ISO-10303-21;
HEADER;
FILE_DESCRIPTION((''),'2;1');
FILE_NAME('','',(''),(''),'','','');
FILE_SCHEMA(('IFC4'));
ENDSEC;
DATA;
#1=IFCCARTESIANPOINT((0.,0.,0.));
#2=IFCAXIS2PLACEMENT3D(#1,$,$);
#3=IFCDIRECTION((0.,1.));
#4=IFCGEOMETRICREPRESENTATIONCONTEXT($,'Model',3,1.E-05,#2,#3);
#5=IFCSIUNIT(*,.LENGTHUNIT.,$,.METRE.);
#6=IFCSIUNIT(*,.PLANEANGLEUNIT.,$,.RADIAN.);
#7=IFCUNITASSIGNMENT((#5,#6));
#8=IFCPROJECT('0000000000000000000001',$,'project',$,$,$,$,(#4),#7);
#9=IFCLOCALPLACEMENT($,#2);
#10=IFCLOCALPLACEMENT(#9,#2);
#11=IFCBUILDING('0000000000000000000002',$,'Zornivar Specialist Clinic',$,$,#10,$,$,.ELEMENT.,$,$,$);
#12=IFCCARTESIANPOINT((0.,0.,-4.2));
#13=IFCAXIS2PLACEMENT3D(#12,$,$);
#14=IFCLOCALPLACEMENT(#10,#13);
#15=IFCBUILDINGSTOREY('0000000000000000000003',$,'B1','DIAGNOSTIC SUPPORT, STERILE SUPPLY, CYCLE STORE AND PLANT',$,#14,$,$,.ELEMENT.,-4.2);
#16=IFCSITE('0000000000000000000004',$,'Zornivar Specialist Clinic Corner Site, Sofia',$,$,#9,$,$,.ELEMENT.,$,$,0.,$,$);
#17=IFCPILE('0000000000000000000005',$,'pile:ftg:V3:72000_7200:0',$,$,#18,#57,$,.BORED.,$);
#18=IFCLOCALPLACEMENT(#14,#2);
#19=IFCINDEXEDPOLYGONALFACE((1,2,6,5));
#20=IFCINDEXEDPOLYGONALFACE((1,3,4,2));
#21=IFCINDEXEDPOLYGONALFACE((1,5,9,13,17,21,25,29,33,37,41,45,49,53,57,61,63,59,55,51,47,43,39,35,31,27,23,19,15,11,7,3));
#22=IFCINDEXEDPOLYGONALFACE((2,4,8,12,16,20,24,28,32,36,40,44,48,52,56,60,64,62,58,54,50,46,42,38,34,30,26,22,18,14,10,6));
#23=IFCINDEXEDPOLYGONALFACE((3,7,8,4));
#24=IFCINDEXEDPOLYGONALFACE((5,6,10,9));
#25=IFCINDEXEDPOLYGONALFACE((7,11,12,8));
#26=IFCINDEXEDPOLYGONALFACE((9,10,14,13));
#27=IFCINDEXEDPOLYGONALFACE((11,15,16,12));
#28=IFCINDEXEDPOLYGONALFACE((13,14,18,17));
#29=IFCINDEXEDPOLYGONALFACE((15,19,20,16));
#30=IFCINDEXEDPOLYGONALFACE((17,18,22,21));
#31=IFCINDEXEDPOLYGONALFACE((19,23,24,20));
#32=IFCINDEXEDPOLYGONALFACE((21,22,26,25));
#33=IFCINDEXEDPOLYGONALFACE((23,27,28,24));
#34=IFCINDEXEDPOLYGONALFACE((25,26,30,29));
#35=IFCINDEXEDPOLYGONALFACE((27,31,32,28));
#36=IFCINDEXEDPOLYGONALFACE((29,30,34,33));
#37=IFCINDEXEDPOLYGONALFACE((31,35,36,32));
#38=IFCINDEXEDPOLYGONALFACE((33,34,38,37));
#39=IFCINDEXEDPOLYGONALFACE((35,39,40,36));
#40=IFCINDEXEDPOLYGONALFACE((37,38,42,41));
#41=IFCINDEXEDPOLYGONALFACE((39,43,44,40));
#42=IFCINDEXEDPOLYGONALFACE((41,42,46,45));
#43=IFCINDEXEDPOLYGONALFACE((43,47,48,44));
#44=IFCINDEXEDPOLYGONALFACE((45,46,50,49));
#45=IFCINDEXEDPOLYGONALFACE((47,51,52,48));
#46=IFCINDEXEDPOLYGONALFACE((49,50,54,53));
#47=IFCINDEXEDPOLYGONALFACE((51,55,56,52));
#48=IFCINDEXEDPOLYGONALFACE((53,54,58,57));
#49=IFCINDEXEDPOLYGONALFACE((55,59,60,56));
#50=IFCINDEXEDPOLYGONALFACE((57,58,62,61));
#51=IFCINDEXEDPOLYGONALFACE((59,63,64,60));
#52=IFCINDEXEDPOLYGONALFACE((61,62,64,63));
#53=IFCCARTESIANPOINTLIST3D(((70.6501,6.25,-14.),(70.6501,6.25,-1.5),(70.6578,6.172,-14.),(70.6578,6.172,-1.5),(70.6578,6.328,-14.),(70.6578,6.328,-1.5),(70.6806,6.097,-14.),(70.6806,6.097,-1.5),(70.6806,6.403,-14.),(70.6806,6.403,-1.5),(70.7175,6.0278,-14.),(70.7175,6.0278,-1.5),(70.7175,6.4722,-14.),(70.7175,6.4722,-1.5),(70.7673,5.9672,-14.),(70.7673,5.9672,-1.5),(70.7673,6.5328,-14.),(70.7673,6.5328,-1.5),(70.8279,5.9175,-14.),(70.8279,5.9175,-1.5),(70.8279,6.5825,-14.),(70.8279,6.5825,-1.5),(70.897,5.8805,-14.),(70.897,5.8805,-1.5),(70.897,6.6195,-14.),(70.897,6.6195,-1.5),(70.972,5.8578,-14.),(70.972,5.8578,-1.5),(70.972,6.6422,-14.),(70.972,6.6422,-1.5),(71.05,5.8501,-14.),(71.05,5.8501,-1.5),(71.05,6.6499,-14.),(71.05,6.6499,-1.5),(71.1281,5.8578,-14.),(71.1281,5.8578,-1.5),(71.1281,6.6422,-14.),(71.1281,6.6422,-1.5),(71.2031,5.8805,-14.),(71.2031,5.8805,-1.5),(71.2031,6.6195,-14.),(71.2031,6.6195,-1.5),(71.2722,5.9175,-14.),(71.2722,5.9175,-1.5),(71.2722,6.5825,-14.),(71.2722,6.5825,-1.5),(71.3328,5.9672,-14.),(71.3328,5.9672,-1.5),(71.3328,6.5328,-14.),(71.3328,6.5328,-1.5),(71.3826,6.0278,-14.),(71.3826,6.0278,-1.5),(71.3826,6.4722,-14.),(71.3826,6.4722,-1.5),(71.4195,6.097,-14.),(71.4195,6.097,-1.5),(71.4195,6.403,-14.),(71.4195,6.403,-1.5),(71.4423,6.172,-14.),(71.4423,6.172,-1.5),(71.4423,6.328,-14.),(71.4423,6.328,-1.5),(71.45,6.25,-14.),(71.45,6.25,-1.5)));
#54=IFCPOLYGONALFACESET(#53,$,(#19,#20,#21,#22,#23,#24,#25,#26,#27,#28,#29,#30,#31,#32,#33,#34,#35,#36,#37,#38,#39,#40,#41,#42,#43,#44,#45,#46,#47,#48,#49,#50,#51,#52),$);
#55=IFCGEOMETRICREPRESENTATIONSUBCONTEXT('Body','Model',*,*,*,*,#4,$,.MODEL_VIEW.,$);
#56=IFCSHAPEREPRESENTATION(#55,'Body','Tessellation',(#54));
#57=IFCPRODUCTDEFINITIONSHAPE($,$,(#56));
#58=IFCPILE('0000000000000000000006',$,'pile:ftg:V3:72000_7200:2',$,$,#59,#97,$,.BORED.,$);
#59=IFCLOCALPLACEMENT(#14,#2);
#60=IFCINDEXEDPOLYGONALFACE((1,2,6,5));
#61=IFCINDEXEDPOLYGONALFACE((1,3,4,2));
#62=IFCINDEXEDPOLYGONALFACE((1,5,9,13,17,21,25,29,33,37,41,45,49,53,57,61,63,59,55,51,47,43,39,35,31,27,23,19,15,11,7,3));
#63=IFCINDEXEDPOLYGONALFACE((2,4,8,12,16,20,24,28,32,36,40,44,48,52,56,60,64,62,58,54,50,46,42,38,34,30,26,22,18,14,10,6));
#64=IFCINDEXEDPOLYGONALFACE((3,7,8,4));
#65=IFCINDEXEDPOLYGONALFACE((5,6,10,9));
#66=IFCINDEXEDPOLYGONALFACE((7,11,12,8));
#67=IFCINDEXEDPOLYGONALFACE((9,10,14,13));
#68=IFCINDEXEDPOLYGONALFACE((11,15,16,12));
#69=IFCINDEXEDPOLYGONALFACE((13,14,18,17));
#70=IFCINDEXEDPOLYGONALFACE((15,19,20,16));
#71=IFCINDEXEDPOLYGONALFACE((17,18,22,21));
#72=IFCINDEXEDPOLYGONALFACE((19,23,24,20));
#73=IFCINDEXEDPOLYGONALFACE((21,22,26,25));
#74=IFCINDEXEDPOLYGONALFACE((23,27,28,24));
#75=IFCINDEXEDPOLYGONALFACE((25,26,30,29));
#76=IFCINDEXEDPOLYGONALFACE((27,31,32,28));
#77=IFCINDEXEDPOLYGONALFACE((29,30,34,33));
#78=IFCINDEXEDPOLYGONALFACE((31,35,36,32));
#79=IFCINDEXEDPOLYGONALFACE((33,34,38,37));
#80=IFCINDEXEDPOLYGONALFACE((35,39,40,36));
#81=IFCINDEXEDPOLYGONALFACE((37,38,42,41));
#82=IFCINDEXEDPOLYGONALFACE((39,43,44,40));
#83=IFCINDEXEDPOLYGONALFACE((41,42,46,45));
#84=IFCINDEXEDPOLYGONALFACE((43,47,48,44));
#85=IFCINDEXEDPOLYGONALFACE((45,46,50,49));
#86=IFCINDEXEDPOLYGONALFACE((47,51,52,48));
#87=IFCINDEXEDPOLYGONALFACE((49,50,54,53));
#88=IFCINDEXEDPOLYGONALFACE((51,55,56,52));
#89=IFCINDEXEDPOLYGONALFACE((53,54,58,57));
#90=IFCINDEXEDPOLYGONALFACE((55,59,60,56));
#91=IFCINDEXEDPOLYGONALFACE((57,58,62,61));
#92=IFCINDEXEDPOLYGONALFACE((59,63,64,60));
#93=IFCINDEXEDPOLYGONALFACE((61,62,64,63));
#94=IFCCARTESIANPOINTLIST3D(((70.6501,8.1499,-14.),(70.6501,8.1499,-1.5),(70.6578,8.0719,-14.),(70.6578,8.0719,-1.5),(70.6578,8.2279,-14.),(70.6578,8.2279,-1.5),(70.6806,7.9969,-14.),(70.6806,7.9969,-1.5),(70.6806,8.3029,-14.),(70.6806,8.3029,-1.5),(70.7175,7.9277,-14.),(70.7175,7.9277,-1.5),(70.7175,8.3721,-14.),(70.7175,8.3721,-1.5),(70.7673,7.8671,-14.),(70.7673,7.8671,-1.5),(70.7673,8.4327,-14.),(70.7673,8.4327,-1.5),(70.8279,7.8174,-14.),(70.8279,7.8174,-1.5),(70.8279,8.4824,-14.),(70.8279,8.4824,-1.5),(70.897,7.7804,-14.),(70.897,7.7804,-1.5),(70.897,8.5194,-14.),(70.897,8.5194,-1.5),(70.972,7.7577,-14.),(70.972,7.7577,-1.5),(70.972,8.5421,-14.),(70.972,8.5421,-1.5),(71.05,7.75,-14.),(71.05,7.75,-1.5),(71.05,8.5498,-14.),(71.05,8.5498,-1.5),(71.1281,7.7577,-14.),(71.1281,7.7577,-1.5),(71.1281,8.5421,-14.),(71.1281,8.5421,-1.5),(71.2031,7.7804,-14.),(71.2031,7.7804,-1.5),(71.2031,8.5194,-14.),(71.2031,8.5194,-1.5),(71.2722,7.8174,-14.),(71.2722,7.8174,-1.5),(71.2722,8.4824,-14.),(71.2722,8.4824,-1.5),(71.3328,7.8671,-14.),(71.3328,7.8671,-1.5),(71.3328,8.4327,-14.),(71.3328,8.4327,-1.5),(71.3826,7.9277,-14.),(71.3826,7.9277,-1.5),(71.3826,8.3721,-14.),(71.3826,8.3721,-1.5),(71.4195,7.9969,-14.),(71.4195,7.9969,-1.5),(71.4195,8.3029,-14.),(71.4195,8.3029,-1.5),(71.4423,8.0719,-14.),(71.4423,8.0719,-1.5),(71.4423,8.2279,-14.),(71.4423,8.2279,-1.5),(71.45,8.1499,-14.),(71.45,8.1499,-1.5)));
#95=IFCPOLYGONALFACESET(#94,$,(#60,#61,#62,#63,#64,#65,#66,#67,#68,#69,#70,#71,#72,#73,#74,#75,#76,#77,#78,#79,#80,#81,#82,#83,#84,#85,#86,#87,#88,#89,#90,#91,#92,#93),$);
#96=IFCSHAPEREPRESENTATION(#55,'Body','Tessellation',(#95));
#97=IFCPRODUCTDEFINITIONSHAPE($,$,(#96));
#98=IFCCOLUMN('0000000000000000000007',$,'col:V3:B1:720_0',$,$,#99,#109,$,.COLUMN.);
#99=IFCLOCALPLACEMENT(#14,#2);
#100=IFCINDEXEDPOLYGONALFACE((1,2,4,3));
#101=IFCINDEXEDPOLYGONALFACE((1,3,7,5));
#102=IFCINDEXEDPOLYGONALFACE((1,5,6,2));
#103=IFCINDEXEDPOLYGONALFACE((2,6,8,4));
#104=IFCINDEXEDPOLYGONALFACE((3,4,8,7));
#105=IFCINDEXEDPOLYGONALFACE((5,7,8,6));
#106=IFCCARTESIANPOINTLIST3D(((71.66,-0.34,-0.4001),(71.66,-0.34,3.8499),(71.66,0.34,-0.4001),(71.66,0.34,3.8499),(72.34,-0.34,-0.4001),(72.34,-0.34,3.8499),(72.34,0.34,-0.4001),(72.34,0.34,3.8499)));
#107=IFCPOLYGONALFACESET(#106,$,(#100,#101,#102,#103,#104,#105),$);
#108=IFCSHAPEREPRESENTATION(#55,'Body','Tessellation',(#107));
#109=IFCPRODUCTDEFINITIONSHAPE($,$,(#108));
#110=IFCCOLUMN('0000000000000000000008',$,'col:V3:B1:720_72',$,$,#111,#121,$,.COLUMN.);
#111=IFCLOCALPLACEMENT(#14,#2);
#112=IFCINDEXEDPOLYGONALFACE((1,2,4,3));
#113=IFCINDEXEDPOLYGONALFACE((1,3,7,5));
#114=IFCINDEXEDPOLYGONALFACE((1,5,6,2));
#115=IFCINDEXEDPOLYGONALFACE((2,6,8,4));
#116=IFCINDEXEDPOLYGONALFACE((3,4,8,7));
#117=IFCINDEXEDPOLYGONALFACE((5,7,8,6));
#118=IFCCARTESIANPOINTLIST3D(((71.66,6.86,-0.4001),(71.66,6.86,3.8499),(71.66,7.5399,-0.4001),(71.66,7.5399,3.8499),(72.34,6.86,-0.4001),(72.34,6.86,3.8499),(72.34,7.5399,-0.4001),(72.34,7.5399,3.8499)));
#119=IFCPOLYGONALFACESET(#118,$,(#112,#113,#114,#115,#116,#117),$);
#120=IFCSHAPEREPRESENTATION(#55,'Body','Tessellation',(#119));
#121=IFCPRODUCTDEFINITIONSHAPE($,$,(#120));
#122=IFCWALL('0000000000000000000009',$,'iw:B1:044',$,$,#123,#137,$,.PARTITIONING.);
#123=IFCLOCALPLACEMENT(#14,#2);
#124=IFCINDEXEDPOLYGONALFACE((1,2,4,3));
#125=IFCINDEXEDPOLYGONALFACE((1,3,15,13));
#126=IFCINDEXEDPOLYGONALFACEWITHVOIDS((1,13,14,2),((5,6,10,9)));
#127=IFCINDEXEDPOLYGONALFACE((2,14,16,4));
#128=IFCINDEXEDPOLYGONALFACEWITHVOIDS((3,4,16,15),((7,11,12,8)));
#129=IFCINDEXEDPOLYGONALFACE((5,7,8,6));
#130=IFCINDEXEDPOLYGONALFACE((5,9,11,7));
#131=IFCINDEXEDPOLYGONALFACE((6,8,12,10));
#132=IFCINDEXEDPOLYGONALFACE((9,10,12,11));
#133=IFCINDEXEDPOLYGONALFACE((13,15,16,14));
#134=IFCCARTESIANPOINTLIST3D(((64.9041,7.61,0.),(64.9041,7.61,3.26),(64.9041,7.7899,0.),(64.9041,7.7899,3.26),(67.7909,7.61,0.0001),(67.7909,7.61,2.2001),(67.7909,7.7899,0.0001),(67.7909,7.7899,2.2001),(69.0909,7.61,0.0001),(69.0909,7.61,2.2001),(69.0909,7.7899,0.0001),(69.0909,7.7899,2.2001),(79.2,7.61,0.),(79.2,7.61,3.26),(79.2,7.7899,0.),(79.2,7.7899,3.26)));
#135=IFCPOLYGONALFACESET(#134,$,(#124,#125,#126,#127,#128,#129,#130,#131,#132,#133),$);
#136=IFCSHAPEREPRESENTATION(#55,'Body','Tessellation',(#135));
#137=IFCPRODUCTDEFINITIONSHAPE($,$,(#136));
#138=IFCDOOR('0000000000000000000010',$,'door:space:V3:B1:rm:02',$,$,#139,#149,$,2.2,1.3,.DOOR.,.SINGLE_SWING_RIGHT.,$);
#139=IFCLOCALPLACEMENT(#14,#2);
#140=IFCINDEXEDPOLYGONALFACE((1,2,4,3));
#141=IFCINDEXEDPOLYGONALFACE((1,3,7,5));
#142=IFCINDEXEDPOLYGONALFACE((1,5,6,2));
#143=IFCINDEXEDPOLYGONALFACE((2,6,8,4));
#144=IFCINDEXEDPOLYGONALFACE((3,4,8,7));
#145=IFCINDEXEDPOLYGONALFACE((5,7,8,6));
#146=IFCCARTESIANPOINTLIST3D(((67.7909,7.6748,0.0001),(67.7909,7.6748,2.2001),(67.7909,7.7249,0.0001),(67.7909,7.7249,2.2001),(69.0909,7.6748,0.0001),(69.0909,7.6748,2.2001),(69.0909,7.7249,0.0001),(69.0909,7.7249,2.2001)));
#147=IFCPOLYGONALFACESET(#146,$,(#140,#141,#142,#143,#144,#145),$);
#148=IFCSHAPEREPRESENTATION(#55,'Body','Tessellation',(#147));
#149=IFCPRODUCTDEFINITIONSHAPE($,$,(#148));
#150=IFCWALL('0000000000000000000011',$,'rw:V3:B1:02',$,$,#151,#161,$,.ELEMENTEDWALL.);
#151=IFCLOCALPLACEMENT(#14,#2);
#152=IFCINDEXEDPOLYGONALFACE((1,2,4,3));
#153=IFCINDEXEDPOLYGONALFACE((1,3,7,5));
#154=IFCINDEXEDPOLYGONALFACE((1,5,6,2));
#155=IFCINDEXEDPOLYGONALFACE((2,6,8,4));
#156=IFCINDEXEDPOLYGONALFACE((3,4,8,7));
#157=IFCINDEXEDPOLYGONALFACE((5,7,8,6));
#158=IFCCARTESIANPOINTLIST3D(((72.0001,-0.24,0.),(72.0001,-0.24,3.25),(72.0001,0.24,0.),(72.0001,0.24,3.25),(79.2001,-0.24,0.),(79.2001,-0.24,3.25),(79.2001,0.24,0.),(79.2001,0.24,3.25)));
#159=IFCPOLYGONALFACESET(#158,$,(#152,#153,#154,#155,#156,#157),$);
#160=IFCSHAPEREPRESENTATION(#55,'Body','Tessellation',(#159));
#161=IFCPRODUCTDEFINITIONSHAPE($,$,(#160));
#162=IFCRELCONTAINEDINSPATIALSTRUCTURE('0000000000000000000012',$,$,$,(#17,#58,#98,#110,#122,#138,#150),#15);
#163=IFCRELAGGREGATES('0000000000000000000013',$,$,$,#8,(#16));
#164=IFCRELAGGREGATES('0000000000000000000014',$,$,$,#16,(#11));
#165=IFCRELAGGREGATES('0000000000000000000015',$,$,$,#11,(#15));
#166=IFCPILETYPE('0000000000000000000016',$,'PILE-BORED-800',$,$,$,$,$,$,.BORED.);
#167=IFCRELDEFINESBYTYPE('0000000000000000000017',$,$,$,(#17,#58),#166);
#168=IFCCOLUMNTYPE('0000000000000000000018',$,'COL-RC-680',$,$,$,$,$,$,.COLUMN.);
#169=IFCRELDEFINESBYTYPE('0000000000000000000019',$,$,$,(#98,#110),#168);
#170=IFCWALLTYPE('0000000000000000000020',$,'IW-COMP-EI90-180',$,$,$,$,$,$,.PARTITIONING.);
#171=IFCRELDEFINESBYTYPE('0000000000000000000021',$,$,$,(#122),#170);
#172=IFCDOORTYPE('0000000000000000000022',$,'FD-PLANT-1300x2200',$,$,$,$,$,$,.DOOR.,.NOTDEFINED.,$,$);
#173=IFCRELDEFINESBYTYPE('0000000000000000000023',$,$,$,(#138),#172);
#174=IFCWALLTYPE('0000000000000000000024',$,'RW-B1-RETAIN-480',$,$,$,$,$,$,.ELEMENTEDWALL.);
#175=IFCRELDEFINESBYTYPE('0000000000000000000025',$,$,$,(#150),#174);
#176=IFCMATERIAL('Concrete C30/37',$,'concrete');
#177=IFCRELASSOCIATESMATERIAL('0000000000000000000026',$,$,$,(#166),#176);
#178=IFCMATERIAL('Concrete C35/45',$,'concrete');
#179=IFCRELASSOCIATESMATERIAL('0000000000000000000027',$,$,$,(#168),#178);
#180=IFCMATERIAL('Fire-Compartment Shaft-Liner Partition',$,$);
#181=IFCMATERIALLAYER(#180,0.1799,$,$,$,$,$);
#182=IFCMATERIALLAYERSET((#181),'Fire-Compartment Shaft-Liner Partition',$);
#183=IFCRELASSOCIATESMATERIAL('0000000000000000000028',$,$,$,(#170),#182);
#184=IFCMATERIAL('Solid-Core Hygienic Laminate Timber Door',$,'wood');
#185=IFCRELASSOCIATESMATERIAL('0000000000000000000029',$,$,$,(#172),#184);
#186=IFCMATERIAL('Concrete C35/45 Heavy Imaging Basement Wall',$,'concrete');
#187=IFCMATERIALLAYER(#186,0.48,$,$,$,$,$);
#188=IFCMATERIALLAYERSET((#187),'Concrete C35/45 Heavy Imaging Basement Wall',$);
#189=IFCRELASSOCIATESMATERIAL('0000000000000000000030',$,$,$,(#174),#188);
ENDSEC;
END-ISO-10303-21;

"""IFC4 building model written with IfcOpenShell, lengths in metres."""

from ifc_helpers import new_model, si_unit, direction, frame, frame_2d, origin, origin_2d, place, context, subcontext, project, spatial, rectangle, circle, extrude, material, layer, layer_set, material_profile, profile_set, type_object, element, fill, save


model = new_model("IFC4")

# Units and contexts
model_context = context("Model", 3, precision=1e-05, world=origin(), true_north=direction((0.0, 1.0)))
body_context = subcontext(model_context, "Body", "Model", "MODEL_VIEW")
ifc_project = project(units=[si_unit("LENGTHUNIT", "METRE"), si_unit("PLANEANGLEUNIT", "RADIAN")], contexts=[model_context])

# Site, building, storey
site_placement = place(None, origin())
site = spatial("IfcSite", under=ifc_project, at=site_placement, Name="Zornivar Specialist Clinic Corner Site, Sofia", CompositionType="ELEMENT", RefElevation=0.0)
building_placement = place(site_placement, origin())
building = spatial("IfcBuilding", under=site, at=building_placement, Name="Zornivar Specialist Clinic", CompositionType="ELEMENT")
storey_placement = place(building_placement, frame((0.0, 0.0, -4.2)))
storey = spatial("IfcBuildingStorey", under=building, at=storey_placement, Name="B1", Description="DIAGNOSTIC SUPPORT, STERILE SUPPLY, CYCLE STORE AND PLANT", CompositionType="ELEMENT", Elevation=-4.2)

# Piles
ifc_material_1 = material(Name="Concrete C30/37", Category="concrete")
ifc_material_profile_1 = material_profile(ifc_material_1, circle(Radius=0.3999, at=origin_2d()), Name="PILE D800")
ifc_profile_set_1 = profile_set([ifc_material_profile_1], Name="Concrete C30/37")
pile_type = type_object("IfcPileType", Name="PILE-BORED-800", PredefinedType="BORED", material=ifc_profile_set_1)
for number, where, z_axis, x_axis, name in (
    (1, (71.05, 6.25, -1.5), (0.0, 0.0, -1.0), (1.0, 0.0, 0.0), "pile:ftg:V3:72000_7200:0"),
    (2, (71.05, 8.1499, -1.5), (0.0, 0.0, -1.0), (1.0, 0.0, 0.0), "pile:ftg:V3:72000_7200:2"),
):
    element("IfcPile", number, at=place(storey_placement, frame(where, z_axis=z_axis, x_axis=x_axis)), inside=storey, type_object=pile_type, Name=name, PredefinedType="BORED", context=body_context, shape_type="SweptSolid", body=[
        extrude(circle(Radius=0.3999, at=origin_2d()), origin(), (0.0, 0.0, 1.0), 12.5),
    ])

# Columns
ifc_material_2 = material(Name="Concrete C35/45", Category="concrete")
ifc_material_profile_2 = material_profile(ifc_material_2, rectangle(XDim=0.6799, YDim=0.6799, at=origin_2d()), Name="RC 680x680")
ifc_profile_set_2 = profile_set([ifc_material_profile_2], Name="Concrete C35/45")
column_type = type_object("IfcColumnType", Name="COL-RC-680", PredefinedType="COLUMN", material=ifc_profile_set_2)
for number, where, z_axis, x_axis, name in (
    (3, (72.0, 0.0, -0.4001), (0.0, 0.0, 1.0), (1.0, 0.0, 0.0), "col:V3:B1:720_0"),
    (4, (72.0, 7.2, -0.4001), (0.0, 0.0, 1.0), (1.0, 0.0, 0.0), "col:V3:B1:720_72"),
):
    element("IfcColumn", number, at=place(storey_placement, frame(where, z_axis=z_axis, x_axis=x_axis)), inside=storey, type_object=column_type, Name=name, PredefinedType="COLUMN", context=body_context, shape_type="SweptSolid", body=[
        extrude(rectangle(XDim=0.6799, YDim=0.6799, at=origin_2d()), origin(), (0.0, 0.0, 1.0), 4.25),
    ])

# Wall, opening, door
ifc_material_3 = material(Name="Fire-Compartment Shaft-Liner Partition")
ifc_layer_1 = layer(ifc_material_3, 0.1799)
ifc_layer_set_1 = layer_set([ifc_layer_1], Name="Fire-Compartment Shaft-Liner Partition")
wall_type_1 = type_object("IfcWallType", Name="IW-COMP-EI90-180", PredefinedType="PARTITIONING", material=ifc_layer_set_1)
wall_1_placement = place(storey_placement, frame((64.9041, 7.7, 0.0), z_axis=(0.0, 0.0, 1.0), x_axis=(1.0, 0.0, 0.0)))
wall_1 = element("IfcWall", 5, at=wall_1_placement, inside=storey, type_object=wall_type_1, Name="iw:B1:044", PredefinedType="PARTITIONING", context=body_context, shape_type="SweptSolid", body=[
    extrude(rectangle(XDim=14.2959, YDim=0.1799, at=frame_2d((7.1479, 0.0))), origin(), (0.0, 0.0, 1.0), 3.26),
])
opening_placement = place(wall_1_placement, frame((2.887, 0.0, 0.0)))
opening = element("IfcOpeningElement", 6, at=opening_placement, cuts=wall_1, PredefinedType="OPENING", context=body_context, shape_type="SweptSolid", body=[
    extrude(rectangle(XDim=1.3, YDim=2.2, at=frame_2d((0.6499, 1.1001))), frame((0.0, 0.0999, 0.0), z_axis=(0.0, -1.0, 0.0), x_axis=(1.0, 0.0, 0.0)), (0.0, 0.0, 1.0), 0.2),
])
ifc_material_4 = material(Name="Solid-Core Hygienic Laminate Timber Door", Category="wood")
door_type = type_object("IfcDoorType", Name="FD-PLANT-1300x2200", OperationType="NOTDEFINED", PredefinedType="DOOR", material=ifc_material_4)
door_placement = place(opening_placement, origin())
door = element("IfcDoor", 7, at=door_placement, inside=storey, type_object=door_type, Name="door:space:V3:B1:rm:02", OperationType="SINGLE_SWING_RIGHT", OverallHeight=2.2, OverallWidth=1.3, PredefinedType="DOOR", context=body_context, shape_type="SweptSolid", body=[
    extrude(rectangle(XDim=1.3, YDim=2.2, at=frame_2d((0.6499, 1.1001))), frame((0.0, 0.0249, 0.0), z_axis=(0.0, -1.0, 0.0), x_axis=(1.0, 0.0, 0.0)), (0.0, 0.0, 1.0), 0.05),
])
fill(opening, door)

# Wall
ifc_material_5 = material(Name="Concrete C35/45 Heavy Imaging Basement Wall", Category="concrete")
ifc_layer_2 = layer(ifc_material_5, 0.48)
ifc_layer_set_2 = layer_set([ifc_layer_2], Name="Concrete C35/45 Heavy Imaging Basement Wall")
wall_type_2 = type_object("IfcWallType", Name="RW-B1-RETAIN-480", PredefinedType="ELEMENTEDWALL", material=ifc_layer_set_2)
wall_2_placement = place(storey_placement, frame((72.0, 0.0, 0.0), z_axis=(0.0, 0.0, 1.0), x_axis=(1.0, 0.0, 0.0)))
element("IfcWall", 8, at=wall_2_placement, inside=storey, type_object=wall_type_2, Name="rw:V3:B1:02", PredefinedType="ELEMENTEDWALL", context=body_context, shape_type="SweptSolid", body=[
    extrude(rectangle(XDim=7.2, YDim=0.48, at=frame_2d((3.6001, 0.0))), origin(), (0.0, 0.0, 1.0), 3.25),
])

save(model, "model.ifc")
